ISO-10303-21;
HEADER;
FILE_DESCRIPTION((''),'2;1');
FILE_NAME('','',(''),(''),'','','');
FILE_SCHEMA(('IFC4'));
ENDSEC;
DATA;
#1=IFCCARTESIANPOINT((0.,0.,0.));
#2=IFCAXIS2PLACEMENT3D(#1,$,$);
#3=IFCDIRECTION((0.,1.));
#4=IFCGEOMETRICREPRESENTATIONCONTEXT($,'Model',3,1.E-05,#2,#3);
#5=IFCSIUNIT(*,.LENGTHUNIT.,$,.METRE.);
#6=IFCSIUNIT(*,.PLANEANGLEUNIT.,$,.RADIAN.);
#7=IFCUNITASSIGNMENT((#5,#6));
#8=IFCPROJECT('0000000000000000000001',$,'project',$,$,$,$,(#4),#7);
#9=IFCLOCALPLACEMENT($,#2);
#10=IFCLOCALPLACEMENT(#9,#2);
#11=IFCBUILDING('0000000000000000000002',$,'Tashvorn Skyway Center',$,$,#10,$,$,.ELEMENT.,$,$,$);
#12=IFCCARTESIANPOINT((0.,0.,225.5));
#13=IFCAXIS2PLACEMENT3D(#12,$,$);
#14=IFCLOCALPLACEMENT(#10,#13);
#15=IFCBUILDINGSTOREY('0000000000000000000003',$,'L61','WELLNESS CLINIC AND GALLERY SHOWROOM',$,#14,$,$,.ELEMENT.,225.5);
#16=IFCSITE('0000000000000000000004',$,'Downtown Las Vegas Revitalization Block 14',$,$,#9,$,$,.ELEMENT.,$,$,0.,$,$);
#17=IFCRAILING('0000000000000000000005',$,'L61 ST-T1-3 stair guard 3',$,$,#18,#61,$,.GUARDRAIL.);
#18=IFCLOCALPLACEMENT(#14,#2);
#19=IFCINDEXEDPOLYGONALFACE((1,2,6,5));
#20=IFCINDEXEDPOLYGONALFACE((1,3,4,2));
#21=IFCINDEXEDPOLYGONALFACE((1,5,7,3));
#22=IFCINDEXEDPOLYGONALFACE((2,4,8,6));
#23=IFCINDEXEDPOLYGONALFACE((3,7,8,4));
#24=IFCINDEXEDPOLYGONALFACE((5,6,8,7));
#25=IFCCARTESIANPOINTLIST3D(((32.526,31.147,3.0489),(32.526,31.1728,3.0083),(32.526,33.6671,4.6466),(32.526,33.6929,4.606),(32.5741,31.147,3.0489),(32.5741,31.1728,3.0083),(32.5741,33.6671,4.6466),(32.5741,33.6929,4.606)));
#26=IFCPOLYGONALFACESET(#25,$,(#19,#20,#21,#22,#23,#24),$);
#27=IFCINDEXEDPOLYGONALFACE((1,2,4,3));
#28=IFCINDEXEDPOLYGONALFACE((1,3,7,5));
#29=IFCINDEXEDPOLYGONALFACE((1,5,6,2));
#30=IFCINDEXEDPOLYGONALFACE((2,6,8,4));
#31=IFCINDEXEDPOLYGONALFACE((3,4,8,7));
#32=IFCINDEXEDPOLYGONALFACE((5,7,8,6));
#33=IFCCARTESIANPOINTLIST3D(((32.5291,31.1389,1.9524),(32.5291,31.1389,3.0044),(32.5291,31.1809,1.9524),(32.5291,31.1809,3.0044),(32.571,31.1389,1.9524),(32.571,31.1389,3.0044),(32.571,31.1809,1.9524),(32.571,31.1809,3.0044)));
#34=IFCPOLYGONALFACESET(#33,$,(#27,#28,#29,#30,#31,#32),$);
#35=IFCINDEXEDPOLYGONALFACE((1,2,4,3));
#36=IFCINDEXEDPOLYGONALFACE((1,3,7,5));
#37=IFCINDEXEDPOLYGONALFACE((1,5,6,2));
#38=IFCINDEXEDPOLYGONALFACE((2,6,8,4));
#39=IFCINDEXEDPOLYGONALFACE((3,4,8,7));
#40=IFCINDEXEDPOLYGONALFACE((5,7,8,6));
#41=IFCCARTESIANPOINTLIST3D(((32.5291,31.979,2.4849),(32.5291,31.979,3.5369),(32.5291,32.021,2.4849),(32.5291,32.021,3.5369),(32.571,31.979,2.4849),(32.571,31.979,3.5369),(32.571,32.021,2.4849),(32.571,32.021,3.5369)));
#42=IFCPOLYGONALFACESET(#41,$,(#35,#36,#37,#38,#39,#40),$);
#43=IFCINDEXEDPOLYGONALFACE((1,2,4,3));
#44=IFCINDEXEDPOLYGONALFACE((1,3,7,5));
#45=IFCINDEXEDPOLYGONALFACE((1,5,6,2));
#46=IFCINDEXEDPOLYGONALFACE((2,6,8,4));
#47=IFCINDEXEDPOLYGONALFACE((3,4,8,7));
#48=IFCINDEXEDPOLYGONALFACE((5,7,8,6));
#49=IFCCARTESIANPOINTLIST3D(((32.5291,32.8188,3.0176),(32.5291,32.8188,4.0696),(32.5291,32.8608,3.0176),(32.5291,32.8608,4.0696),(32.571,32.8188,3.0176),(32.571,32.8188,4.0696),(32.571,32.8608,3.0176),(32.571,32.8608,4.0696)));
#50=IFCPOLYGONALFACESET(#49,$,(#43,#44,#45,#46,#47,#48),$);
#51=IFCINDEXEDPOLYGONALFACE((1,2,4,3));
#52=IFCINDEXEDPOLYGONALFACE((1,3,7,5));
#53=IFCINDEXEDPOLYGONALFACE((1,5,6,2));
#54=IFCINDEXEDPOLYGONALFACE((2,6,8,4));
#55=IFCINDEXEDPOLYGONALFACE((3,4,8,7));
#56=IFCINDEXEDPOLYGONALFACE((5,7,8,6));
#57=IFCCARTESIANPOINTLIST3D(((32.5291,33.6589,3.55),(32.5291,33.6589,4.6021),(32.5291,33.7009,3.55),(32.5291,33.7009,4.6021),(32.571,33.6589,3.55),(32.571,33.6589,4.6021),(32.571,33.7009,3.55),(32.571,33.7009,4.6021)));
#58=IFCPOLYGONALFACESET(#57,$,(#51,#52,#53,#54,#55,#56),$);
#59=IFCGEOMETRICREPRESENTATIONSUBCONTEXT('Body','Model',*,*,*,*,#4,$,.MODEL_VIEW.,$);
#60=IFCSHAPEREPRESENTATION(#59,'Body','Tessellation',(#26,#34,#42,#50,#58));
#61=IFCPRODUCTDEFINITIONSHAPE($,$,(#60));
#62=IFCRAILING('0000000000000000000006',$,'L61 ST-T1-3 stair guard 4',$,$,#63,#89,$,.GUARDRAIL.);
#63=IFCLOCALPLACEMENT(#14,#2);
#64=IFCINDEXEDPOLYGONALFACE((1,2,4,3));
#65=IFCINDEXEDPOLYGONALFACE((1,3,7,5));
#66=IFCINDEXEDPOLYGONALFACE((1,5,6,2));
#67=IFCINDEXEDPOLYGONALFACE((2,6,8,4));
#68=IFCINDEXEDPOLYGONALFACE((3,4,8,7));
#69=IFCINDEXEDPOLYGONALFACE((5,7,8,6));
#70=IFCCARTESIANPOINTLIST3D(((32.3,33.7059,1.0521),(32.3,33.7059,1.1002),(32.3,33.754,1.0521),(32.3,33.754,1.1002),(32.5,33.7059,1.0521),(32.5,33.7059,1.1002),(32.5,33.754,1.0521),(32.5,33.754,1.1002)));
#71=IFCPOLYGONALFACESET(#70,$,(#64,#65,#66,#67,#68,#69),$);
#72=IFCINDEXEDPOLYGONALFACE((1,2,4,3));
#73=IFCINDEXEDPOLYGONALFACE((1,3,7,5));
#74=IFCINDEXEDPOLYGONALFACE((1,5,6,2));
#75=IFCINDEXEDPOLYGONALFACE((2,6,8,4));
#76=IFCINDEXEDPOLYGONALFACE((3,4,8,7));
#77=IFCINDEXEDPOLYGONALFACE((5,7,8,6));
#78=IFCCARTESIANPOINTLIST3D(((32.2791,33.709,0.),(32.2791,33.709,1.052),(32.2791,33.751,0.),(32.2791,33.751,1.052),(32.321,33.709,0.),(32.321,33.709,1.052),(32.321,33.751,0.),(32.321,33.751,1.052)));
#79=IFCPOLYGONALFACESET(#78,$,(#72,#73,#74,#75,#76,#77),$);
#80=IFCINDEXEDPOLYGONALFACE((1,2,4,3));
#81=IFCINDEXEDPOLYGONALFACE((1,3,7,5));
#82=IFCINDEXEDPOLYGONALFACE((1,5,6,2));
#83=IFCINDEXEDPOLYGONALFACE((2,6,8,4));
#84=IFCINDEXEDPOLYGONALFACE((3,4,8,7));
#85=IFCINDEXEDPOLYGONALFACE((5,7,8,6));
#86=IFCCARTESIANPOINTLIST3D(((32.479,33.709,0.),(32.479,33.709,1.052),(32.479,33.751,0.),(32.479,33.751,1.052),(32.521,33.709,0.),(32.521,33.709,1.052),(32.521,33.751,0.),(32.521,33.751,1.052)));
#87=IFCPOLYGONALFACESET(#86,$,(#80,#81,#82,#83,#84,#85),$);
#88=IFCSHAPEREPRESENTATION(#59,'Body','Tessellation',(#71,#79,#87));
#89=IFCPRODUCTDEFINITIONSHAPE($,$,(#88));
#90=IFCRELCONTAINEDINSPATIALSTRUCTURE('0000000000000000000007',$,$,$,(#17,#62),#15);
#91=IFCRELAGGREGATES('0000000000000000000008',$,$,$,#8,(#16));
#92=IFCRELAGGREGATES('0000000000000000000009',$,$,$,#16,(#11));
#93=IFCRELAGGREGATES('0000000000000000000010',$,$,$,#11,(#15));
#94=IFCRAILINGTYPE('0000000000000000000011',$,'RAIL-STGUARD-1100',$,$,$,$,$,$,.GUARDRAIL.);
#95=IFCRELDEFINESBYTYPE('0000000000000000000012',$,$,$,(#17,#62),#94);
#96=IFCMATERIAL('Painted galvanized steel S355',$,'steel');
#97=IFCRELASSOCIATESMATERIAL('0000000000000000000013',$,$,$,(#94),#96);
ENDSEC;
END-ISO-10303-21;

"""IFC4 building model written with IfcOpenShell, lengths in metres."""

from ifc_helpers import new_model, si_unit, direction, frame, origin, origin_2d, place, context, subcontext, project, spatial, rectangle, extrude, material, type_object, element, save


model = new_model("IFC4")

# Units and contexts
model_context = context("Model", 3, precision=1e-05, world=origin(), true_north=direction((0.0, 1.0)))
body_context = subcontext(model_context, "Body", "Model", "MODEL_VIEW")
ifc_project = project(units=[si_unit("LENGTHUNIT", "METRE"), si_unit("PLANEANGLEUNIT", "RADIAN")], contexts=[model_context])

# Site, building, storey
site_placement = place(None, origin())
site = spatial("IfcSite", under=ifc_project, at=site_placement, Name="Downtown Las Vegas Revitalization Block 14", CompositionType="ELEMENT", RefElevation=0.0)
building_placement = place(site_placement, origin())
building = spatial("IfcBuilding", under=site, at=building_placement, Name="Tashvorn Skyway Center", CompositionType="ELEMENT")
storey_placement = place(building_placement, frame((0.0, 0.0, 225.5)))
storey = spatial("IfcBuildingStorey", under=building, at=storey_placement, Name="L61", Description="WELLNESS CLINIC AND GALLERY SHOWROOM", CompositionType="ELEMENT", Elevation=225.5)

# Railings
ifc_material_1 = material(Name="Painted galvanized steel S355", Category="steel")
railing_type_1 = type_object("IfcRailingType", Name="RAIL-STGUARD-1100", PredefinedType="GUARDRAIL", material=ifc_material_1)
railing_1_placement = place(storey_placement, frame((32.55, 31.1599, 1.9524)))
element("IfcRailing", 1, at=railing_1_placement, inside=storey, type_object=railing_type_1, Name="L61 ST-T1-3 stair guard 3", PredefinedType="GUARDRAIL", context=body_context, shape_type="SweptSolid", body=[
    extrude(rectangle(XDim=0.0481, YDim=0.0481, at=origin_2d()), frame((0.0, 0.0, 1.0762), z_axis=(0.0, 0.84457, 0.535445), x_axis=(-1.0, 0.0, 0.0)), (0.0, 0.0, 1.0), 2.9839),
    extrude(rectangle(XDim=0.042, YDim=0.042, at=origin_2d()), origin(), (0.0, 0.0, 1.0), 1.052),
    extrude(rectangle(XDim=0.042, YDim=0.042, at=origin_2d()), frame((0.0, 0.8401, 0.5325)), (0.0, 0.0, 1.0), 1.052),
    extrude(rectangle(XDim=0.042, YDim=0.042, at=origin_2d()), frame((0.0, 1.6799, 1.0652)), (0.0, 0.0, 1.0), 1.052),
    extrude(rectangle(XDim=0.042, YDim=0.042, at=origin_2d()), frame((0.0, 2.52, 1.5977)), (0.0, 0.0, 1.0), 1.052),
])
railing_2_placement = place(storey_placement, frame((32.3, 33.73, 0.0)))
element("IfcRailing", 2, at=railing_2_placement, inside=storey, type_object=railing_type_1, Name="L61 ST-T1-3 stair guard 4", PredefinedType="GUARDRAIL", context=body_context, shape_type="SweptSolid", body=[
    extrude(rectangle(XDim=0.0481, YDim=0.0481, at=origin_2d()), frame((0.0, 0.0, 1.0762), z_axis=(1.0, 0.0, 0.0), x_axis=(0.0, 1.0, 0.0)), (0.0, 0.0, 1.0), 0.2),
    extrude(rectangle(XDim=0.042, YDim=0.042, at=origin_2d()), origin(), (0.0, 0.0, 1.0), 1.052),
    extrude(rectangle(XDim=0.042, YDim=0.042, at=origin_2d()), frame((0.2, 0.0, 0.0)), (0.0, 0.0, 1.0), 1.052),
])

save(model, "model.ifc")
